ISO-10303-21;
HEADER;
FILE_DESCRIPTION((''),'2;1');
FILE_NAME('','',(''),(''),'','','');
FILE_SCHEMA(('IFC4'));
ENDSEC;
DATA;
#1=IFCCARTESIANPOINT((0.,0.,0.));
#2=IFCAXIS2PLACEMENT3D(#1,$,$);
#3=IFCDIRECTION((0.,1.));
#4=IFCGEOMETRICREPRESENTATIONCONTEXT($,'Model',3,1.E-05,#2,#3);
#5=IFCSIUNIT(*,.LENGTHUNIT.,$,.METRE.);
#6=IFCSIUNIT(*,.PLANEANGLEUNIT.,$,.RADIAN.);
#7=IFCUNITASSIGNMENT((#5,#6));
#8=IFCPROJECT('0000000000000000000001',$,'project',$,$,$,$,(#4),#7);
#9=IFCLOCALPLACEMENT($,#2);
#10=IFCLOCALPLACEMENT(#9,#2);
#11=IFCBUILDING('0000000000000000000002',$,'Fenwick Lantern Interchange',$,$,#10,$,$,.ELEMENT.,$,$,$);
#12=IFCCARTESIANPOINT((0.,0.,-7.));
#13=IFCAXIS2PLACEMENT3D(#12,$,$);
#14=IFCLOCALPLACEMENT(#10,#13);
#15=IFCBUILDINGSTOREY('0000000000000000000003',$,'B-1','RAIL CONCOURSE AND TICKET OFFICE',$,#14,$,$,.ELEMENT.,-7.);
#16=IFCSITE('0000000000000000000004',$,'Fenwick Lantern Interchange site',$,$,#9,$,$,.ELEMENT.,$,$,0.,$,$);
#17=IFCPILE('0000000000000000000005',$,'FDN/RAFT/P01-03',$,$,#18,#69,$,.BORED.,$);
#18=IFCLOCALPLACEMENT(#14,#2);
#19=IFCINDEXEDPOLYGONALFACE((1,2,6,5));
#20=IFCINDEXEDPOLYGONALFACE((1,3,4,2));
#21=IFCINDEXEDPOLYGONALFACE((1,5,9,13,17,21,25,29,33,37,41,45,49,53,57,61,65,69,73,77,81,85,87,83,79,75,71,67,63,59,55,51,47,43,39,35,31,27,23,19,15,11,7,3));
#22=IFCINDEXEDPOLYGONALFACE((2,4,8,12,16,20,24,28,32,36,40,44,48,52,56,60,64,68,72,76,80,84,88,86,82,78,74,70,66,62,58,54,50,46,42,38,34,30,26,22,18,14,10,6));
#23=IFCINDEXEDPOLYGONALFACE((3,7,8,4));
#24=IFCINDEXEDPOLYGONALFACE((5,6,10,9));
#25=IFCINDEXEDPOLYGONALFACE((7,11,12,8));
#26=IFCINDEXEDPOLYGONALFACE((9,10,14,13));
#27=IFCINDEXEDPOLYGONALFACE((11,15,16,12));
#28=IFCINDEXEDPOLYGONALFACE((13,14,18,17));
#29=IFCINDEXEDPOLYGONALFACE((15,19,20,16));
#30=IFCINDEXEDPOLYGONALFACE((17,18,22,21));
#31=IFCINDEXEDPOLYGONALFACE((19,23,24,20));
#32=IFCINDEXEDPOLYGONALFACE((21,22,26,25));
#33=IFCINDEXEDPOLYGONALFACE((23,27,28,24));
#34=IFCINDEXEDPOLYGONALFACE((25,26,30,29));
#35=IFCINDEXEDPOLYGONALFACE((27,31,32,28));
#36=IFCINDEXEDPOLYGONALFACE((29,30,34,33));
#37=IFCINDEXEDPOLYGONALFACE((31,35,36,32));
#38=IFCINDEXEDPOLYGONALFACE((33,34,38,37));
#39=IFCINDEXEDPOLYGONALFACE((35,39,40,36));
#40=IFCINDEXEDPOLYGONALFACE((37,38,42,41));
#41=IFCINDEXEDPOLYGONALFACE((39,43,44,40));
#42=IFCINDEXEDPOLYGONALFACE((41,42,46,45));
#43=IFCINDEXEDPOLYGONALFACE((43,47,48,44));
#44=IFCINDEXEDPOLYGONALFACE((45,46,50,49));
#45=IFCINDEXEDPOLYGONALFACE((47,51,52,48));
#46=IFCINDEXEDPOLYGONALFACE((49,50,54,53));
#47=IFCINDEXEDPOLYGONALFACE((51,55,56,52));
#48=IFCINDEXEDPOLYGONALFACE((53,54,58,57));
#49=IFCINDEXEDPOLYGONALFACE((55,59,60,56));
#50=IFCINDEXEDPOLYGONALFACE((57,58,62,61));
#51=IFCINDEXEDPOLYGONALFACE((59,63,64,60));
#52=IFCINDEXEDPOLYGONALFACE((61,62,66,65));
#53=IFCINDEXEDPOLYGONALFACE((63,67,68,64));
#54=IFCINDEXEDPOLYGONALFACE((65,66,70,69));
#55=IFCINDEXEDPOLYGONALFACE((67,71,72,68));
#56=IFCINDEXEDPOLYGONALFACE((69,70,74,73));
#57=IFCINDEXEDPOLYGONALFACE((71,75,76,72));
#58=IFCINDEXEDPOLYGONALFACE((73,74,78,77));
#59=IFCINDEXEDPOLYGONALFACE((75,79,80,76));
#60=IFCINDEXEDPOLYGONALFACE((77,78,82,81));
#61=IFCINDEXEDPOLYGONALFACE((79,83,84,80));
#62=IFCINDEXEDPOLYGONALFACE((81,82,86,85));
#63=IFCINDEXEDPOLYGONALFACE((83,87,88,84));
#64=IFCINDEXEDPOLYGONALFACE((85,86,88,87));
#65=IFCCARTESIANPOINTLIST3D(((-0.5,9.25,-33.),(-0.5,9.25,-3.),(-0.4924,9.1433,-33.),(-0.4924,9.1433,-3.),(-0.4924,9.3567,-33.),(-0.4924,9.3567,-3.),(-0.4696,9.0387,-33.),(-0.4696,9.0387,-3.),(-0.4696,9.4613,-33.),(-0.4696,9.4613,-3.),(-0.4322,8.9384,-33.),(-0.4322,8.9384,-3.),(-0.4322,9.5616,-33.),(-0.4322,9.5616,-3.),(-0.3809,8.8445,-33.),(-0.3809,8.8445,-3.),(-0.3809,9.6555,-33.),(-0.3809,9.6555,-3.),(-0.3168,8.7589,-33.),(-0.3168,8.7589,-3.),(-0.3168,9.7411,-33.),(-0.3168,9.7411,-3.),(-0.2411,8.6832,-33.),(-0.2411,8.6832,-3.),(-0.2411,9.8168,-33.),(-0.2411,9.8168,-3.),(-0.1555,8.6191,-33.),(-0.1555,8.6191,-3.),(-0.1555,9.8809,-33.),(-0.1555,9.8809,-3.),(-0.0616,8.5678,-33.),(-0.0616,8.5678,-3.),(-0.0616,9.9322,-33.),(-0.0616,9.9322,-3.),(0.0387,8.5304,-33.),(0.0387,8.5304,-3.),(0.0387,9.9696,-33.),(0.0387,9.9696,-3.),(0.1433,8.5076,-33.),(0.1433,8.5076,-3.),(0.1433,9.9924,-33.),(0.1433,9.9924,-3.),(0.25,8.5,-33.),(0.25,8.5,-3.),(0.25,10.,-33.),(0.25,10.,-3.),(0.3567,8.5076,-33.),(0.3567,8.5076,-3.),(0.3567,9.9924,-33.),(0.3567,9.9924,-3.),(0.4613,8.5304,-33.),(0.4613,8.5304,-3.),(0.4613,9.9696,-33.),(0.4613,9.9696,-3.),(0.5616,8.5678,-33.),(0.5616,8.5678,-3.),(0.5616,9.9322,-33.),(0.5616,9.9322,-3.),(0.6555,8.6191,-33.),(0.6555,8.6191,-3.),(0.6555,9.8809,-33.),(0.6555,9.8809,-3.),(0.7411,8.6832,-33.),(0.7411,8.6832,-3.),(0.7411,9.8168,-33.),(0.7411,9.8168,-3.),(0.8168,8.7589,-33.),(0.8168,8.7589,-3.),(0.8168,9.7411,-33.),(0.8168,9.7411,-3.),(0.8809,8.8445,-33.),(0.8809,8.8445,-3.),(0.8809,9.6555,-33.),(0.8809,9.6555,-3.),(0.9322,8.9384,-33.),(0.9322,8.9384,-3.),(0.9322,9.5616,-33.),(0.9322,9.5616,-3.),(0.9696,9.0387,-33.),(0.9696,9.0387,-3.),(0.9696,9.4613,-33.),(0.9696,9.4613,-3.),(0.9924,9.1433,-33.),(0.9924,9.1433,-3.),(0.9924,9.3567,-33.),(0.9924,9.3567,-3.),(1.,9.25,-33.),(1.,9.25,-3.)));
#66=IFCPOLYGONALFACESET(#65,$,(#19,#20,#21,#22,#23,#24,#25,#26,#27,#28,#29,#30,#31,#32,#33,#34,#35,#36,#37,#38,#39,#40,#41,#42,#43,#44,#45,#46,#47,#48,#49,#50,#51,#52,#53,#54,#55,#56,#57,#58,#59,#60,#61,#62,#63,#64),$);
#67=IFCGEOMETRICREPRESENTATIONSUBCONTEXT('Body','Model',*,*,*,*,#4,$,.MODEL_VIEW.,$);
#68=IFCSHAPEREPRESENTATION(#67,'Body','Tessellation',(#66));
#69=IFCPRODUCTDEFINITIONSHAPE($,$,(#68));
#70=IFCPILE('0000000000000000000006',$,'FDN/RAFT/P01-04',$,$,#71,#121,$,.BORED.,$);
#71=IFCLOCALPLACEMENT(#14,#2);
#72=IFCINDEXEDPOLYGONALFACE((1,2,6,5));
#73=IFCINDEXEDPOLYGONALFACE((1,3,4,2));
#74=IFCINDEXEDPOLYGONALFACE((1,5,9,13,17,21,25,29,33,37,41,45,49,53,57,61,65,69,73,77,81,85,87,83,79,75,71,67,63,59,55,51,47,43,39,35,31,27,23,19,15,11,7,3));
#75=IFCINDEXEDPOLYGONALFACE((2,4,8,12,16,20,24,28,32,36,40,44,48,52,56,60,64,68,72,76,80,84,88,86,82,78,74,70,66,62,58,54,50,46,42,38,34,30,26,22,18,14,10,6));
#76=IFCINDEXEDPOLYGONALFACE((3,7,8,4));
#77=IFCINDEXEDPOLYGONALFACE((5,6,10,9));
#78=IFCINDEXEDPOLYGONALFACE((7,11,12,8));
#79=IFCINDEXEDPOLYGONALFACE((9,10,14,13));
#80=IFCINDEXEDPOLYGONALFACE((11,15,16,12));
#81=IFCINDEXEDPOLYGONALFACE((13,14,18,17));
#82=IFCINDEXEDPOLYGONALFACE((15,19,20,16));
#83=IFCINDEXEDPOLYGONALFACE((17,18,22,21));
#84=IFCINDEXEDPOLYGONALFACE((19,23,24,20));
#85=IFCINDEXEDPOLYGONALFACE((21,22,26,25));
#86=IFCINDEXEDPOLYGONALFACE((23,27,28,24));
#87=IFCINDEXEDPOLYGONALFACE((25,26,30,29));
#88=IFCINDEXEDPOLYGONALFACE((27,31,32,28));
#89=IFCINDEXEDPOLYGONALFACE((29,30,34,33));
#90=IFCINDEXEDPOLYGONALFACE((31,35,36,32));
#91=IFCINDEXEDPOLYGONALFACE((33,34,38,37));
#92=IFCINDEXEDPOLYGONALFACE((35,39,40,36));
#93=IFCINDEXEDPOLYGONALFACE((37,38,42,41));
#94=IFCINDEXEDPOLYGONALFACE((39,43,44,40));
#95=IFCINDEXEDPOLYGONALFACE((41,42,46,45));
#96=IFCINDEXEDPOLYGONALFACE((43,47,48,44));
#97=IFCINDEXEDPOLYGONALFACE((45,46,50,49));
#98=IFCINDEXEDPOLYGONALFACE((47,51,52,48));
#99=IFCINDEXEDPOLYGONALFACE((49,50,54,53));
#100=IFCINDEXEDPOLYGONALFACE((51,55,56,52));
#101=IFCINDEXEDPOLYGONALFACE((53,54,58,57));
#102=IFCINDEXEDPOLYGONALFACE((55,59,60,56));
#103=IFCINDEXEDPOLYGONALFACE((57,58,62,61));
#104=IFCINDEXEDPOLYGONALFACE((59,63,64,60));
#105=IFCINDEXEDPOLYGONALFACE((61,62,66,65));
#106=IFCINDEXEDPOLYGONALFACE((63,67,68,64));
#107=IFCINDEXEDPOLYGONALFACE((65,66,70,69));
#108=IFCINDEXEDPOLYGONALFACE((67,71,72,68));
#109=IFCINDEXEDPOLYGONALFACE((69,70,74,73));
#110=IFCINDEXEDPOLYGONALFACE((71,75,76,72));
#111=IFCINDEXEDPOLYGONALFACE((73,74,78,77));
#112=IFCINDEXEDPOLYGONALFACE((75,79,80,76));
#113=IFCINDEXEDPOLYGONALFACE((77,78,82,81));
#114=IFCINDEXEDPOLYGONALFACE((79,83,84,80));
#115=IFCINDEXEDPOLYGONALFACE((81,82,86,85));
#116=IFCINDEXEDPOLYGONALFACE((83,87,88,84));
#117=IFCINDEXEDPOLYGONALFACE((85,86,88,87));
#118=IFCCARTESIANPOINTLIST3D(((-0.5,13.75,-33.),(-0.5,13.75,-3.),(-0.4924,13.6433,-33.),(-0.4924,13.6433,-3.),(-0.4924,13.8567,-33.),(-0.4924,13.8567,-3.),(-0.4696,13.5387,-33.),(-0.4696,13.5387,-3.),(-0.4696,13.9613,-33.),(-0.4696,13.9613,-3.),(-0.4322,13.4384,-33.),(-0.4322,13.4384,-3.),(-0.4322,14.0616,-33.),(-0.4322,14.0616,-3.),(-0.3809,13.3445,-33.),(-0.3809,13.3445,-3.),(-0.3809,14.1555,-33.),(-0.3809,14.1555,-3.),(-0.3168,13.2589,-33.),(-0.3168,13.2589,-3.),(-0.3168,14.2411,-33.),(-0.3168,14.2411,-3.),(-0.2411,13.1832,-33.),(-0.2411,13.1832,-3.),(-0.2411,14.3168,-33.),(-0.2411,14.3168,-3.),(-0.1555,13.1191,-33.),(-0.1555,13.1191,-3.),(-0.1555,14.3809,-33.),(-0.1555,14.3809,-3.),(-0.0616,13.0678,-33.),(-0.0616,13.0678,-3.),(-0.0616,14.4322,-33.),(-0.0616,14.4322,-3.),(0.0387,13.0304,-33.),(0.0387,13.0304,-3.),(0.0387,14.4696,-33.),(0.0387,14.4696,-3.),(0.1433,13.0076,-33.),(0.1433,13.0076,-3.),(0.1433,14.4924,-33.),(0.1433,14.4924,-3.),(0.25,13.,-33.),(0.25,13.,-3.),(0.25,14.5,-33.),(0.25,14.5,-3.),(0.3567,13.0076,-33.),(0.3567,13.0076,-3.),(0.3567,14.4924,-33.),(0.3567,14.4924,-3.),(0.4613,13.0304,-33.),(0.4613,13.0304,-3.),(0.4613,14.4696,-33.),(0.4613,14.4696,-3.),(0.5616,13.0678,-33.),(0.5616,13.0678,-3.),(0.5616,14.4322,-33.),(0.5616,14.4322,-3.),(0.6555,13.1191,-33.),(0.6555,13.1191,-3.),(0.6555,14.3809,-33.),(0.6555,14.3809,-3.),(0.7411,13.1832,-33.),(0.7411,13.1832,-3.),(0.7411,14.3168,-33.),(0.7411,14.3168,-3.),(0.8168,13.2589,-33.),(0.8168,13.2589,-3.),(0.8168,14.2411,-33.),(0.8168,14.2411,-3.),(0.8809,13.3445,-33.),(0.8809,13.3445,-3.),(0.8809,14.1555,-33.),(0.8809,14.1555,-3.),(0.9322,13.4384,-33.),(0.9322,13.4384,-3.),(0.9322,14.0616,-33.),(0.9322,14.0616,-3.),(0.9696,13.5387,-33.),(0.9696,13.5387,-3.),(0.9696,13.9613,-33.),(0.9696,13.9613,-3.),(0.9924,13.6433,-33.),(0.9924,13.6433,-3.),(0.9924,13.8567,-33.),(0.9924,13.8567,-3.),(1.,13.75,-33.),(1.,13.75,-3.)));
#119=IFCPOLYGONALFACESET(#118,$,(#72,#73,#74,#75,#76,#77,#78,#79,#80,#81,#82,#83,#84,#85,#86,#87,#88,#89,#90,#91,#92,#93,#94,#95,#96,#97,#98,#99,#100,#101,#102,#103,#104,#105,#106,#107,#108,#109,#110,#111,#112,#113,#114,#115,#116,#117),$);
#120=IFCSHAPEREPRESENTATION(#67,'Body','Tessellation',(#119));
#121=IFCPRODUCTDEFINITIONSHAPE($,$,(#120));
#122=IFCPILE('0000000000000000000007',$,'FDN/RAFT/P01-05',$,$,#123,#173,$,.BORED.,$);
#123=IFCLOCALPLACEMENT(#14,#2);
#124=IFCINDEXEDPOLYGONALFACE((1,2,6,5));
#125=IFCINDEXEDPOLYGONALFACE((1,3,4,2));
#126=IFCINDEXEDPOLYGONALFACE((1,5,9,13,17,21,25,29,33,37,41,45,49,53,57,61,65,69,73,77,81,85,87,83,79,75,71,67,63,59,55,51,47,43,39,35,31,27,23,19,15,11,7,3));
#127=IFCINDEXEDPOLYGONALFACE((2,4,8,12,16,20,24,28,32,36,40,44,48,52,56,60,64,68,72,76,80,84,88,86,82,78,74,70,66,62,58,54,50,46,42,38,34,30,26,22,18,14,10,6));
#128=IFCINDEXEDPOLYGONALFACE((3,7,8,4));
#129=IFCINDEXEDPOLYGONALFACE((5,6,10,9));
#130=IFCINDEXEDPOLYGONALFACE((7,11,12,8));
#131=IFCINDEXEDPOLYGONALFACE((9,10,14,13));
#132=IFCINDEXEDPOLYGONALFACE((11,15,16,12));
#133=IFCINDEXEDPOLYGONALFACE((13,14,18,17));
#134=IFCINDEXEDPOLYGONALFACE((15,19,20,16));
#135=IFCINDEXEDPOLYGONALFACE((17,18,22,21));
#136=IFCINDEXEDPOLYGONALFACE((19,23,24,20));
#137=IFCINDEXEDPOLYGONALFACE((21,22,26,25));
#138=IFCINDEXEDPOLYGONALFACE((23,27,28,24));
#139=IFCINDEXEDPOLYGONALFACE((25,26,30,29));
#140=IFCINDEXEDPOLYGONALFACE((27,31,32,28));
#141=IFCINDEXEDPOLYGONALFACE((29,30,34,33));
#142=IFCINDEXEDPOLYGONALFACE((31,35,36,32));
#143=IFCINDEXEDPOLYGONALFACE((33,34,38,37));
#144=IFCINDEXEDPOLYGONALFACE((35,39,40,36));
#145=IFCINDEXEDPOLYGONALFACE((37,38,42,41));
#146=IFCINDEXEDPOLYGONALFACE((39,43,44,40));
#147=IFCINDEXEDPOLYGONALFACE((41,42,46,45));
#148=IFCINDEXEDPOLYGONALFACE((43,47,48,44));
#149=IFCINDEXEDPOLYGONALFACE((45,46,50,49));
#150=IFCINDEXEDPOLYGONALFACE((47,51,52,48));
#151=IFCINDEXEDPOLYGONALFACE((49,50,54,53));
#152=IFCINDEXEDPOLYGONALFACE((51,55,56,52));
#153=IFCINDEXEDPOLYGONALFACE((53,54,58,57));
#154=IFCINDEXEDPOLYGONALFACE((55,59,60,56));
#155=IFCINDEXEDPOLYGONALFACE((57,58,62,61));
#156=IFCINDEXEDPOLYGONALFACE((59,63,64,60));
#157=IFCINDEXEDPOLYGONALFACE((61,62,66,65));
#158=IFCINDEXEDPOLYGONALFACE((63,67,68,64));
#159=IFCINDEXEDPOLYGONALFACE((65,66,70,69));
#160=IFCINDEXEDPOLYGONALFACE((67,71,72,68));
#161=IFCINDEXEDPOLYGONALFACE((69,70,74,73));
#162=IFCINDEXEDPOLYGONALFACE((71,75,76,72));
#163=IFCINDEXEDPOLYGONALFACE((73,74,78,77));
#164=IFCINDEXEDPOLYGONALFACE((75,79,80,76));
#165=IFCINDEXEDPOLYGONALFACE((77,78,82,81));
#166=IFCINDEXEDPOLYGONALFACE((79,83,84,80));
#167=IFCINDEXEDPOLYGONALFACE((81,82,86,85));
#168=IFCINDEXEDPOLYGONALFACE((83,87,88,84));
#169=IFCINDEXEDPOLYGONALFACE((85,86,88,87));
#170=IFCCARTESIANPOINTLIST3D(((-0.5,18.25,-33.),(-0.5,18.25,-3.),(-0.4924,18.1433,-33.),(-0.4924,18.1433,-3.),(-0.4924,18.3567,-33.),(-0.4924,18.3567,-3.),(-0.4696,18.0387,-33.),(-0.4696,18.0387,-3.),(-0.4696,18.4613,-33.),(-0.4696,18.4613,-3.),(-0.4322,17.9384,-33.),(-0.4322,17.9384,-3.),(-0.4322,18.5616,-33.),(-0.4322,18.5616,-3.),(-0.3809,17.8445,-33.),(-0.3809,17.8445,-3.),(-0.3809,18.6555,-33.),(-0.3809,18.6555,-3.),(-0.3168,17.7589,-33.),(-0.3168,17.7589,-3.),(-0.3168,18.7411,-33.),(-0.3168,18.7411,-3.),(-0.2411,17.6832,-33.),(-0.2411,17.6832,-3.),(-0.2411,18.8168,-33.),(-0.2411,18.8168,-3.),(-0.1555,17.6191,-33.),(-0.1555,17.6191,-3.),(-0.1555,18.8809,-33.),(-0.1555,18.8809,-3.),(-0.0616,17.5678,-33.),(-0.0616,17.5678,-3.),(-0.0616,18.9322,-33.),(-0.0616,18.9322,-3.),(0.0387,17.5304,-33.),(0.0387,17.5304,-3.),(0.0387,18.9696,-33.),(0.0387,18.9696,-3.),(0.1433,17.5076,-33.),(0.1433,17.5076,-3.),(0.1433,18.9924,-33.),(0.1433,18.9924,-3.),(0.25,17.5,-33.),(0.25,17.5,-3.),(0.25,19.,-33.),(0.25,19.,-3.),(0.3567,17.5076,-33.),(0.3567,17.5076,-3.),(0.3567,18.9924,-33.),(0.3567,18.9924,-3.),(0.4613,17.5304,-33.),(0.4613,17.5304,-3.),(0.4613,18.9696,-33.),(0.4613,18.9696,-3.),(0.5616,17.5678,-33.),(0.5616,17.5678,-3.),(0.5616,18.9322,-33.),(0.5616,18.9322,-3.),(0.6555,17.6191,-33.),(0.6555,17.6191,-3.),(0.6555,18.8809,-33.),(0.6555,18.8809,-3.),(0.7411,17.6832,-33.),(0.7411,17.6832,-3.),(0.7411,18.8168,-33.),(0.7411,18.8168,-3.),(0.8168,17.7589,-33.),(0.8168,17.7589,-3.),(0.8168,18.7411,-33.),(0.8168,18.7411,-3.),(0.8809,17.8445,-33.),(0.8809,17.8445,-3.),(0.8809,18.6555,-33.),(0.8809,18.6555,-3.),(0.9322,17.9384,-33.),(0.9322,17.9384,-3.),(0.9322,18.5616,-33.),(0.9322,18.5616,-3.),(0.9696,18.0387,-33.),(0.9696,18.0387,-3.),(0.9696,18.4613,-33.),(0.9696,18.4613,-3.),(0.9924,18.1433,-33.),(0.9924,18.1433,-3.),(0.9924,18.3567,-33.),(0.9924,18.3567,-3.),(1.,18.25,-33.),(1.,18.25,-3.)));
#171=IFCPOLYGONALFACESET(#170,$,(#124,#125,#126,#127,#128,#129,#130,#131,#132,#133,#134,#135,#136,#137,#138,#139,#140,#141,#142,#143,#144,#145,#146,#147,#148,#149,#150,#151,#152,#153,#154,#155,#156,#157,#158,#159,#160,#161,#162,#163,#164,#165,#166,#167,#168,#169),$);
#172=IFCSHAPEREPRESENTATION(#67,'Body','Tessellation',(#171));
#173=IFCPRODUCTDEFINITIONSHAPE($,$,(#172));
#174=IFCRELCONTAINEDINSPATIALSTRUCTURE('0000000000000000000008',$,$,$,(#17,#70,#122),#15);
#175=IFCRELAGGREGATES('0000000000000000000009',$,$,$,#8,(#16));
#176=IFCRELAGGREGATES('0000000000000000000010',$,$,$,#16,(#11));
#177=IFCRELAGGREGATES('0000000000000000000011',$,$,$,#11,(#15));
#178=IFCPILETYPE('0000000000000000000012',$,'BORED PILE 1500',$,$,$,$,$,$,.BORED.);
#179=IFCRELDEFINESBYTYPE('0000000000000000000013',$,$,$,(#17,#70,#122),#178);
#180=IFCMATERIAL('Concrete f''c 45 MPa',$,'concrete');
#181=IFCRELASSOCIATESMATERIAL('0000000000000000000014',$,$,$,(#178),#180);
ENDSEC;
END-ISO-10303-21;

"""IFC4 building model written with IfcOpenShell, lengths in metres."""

from ifc_helpers import new_model, si_unit, direction, frame, origin, origin_2d, place, context, subcontext, project, spatial, circle, extrude, material, type_object, element, save


model = new_model("IFC4")

# Units and contexts
model_context = context("Model", 3, precision=1e-05, world=origin(), true_north=direction((0.0, 1.0)))
body_context = subcontext(model_context, "Body", "Model", "MODEL_VIEW")
ifc_project = project(units=[si_unit("LENGTHUNIT", "METRE"), si_unit("PLANEANGLEUNIT", "RADIAN")], contexts=[model_context])

# Site, building, storey
site_placement = place(None, origin())
site = spatial("IfcSite", under=ifc_project, at=site_placement, Name="Fenwick Lantern Interchange site", CompositionType="ELEMENT", RefElevation=0.0)
building_placement = place(site_placement, origin())
building = spatial("IfcBuilding", under=site, at=building_placement, Name="Fenwick Lantern Interchange", CompositionType="ELEMENT")
storey_placement = place(building_placement, frame((0.0, 0.0, -7.0)))
storey = spatial("IfcBuildingStorey", under=building, at=storey_placement, Name="B-1", Description="RAIL CONCOURSE AND TICKET OFFICE", CompositionType="ELEMENT", Elevation=-7.0)

# Piles
ifc_material_1 = material(Name="Concrete f'c 45 MPa", Category="concrete")
pile_type_1 = type_object("IfcPileType", Name="BORED PILE 1500", PredefinedType="BORED", material=ifc_material_1)
for number, where, z_axis, x_axis, name in (
    (1, (0.25, 9.25, -3.0), (0.0, 0.0, -1.0), (1.0, 0.0, 0.0), "FDN/RAFT/P01-03"),
    (2, (0.25, 13.75, -3.0), (0.0, 0.0, -1.0), (1.0, 0.0, 0.0), "FDN/RAFT/P01-04"),
    (3, (0.25, 18.25, -3.0), (0.0, 0.0, -1.0), (1.0, 0.0, 0.0), "FDN/RAFT/P01-05"),
):
    element("IfcPile", number, at=place(storey_placement, frame(where, z_axis=z_axis, x_axis=x_axis)), inside=storey, type_object=pile_type_1, Name=name, PredefinedType="BORED", context=body_context, shape_type="SweptSolid", body=[
        extrude(circle(Radius=0.75, at=origin_2d()), origin(), (0.0, 0.0, 1.0), 30.0),
    ])

save(model, "model.ifc")
